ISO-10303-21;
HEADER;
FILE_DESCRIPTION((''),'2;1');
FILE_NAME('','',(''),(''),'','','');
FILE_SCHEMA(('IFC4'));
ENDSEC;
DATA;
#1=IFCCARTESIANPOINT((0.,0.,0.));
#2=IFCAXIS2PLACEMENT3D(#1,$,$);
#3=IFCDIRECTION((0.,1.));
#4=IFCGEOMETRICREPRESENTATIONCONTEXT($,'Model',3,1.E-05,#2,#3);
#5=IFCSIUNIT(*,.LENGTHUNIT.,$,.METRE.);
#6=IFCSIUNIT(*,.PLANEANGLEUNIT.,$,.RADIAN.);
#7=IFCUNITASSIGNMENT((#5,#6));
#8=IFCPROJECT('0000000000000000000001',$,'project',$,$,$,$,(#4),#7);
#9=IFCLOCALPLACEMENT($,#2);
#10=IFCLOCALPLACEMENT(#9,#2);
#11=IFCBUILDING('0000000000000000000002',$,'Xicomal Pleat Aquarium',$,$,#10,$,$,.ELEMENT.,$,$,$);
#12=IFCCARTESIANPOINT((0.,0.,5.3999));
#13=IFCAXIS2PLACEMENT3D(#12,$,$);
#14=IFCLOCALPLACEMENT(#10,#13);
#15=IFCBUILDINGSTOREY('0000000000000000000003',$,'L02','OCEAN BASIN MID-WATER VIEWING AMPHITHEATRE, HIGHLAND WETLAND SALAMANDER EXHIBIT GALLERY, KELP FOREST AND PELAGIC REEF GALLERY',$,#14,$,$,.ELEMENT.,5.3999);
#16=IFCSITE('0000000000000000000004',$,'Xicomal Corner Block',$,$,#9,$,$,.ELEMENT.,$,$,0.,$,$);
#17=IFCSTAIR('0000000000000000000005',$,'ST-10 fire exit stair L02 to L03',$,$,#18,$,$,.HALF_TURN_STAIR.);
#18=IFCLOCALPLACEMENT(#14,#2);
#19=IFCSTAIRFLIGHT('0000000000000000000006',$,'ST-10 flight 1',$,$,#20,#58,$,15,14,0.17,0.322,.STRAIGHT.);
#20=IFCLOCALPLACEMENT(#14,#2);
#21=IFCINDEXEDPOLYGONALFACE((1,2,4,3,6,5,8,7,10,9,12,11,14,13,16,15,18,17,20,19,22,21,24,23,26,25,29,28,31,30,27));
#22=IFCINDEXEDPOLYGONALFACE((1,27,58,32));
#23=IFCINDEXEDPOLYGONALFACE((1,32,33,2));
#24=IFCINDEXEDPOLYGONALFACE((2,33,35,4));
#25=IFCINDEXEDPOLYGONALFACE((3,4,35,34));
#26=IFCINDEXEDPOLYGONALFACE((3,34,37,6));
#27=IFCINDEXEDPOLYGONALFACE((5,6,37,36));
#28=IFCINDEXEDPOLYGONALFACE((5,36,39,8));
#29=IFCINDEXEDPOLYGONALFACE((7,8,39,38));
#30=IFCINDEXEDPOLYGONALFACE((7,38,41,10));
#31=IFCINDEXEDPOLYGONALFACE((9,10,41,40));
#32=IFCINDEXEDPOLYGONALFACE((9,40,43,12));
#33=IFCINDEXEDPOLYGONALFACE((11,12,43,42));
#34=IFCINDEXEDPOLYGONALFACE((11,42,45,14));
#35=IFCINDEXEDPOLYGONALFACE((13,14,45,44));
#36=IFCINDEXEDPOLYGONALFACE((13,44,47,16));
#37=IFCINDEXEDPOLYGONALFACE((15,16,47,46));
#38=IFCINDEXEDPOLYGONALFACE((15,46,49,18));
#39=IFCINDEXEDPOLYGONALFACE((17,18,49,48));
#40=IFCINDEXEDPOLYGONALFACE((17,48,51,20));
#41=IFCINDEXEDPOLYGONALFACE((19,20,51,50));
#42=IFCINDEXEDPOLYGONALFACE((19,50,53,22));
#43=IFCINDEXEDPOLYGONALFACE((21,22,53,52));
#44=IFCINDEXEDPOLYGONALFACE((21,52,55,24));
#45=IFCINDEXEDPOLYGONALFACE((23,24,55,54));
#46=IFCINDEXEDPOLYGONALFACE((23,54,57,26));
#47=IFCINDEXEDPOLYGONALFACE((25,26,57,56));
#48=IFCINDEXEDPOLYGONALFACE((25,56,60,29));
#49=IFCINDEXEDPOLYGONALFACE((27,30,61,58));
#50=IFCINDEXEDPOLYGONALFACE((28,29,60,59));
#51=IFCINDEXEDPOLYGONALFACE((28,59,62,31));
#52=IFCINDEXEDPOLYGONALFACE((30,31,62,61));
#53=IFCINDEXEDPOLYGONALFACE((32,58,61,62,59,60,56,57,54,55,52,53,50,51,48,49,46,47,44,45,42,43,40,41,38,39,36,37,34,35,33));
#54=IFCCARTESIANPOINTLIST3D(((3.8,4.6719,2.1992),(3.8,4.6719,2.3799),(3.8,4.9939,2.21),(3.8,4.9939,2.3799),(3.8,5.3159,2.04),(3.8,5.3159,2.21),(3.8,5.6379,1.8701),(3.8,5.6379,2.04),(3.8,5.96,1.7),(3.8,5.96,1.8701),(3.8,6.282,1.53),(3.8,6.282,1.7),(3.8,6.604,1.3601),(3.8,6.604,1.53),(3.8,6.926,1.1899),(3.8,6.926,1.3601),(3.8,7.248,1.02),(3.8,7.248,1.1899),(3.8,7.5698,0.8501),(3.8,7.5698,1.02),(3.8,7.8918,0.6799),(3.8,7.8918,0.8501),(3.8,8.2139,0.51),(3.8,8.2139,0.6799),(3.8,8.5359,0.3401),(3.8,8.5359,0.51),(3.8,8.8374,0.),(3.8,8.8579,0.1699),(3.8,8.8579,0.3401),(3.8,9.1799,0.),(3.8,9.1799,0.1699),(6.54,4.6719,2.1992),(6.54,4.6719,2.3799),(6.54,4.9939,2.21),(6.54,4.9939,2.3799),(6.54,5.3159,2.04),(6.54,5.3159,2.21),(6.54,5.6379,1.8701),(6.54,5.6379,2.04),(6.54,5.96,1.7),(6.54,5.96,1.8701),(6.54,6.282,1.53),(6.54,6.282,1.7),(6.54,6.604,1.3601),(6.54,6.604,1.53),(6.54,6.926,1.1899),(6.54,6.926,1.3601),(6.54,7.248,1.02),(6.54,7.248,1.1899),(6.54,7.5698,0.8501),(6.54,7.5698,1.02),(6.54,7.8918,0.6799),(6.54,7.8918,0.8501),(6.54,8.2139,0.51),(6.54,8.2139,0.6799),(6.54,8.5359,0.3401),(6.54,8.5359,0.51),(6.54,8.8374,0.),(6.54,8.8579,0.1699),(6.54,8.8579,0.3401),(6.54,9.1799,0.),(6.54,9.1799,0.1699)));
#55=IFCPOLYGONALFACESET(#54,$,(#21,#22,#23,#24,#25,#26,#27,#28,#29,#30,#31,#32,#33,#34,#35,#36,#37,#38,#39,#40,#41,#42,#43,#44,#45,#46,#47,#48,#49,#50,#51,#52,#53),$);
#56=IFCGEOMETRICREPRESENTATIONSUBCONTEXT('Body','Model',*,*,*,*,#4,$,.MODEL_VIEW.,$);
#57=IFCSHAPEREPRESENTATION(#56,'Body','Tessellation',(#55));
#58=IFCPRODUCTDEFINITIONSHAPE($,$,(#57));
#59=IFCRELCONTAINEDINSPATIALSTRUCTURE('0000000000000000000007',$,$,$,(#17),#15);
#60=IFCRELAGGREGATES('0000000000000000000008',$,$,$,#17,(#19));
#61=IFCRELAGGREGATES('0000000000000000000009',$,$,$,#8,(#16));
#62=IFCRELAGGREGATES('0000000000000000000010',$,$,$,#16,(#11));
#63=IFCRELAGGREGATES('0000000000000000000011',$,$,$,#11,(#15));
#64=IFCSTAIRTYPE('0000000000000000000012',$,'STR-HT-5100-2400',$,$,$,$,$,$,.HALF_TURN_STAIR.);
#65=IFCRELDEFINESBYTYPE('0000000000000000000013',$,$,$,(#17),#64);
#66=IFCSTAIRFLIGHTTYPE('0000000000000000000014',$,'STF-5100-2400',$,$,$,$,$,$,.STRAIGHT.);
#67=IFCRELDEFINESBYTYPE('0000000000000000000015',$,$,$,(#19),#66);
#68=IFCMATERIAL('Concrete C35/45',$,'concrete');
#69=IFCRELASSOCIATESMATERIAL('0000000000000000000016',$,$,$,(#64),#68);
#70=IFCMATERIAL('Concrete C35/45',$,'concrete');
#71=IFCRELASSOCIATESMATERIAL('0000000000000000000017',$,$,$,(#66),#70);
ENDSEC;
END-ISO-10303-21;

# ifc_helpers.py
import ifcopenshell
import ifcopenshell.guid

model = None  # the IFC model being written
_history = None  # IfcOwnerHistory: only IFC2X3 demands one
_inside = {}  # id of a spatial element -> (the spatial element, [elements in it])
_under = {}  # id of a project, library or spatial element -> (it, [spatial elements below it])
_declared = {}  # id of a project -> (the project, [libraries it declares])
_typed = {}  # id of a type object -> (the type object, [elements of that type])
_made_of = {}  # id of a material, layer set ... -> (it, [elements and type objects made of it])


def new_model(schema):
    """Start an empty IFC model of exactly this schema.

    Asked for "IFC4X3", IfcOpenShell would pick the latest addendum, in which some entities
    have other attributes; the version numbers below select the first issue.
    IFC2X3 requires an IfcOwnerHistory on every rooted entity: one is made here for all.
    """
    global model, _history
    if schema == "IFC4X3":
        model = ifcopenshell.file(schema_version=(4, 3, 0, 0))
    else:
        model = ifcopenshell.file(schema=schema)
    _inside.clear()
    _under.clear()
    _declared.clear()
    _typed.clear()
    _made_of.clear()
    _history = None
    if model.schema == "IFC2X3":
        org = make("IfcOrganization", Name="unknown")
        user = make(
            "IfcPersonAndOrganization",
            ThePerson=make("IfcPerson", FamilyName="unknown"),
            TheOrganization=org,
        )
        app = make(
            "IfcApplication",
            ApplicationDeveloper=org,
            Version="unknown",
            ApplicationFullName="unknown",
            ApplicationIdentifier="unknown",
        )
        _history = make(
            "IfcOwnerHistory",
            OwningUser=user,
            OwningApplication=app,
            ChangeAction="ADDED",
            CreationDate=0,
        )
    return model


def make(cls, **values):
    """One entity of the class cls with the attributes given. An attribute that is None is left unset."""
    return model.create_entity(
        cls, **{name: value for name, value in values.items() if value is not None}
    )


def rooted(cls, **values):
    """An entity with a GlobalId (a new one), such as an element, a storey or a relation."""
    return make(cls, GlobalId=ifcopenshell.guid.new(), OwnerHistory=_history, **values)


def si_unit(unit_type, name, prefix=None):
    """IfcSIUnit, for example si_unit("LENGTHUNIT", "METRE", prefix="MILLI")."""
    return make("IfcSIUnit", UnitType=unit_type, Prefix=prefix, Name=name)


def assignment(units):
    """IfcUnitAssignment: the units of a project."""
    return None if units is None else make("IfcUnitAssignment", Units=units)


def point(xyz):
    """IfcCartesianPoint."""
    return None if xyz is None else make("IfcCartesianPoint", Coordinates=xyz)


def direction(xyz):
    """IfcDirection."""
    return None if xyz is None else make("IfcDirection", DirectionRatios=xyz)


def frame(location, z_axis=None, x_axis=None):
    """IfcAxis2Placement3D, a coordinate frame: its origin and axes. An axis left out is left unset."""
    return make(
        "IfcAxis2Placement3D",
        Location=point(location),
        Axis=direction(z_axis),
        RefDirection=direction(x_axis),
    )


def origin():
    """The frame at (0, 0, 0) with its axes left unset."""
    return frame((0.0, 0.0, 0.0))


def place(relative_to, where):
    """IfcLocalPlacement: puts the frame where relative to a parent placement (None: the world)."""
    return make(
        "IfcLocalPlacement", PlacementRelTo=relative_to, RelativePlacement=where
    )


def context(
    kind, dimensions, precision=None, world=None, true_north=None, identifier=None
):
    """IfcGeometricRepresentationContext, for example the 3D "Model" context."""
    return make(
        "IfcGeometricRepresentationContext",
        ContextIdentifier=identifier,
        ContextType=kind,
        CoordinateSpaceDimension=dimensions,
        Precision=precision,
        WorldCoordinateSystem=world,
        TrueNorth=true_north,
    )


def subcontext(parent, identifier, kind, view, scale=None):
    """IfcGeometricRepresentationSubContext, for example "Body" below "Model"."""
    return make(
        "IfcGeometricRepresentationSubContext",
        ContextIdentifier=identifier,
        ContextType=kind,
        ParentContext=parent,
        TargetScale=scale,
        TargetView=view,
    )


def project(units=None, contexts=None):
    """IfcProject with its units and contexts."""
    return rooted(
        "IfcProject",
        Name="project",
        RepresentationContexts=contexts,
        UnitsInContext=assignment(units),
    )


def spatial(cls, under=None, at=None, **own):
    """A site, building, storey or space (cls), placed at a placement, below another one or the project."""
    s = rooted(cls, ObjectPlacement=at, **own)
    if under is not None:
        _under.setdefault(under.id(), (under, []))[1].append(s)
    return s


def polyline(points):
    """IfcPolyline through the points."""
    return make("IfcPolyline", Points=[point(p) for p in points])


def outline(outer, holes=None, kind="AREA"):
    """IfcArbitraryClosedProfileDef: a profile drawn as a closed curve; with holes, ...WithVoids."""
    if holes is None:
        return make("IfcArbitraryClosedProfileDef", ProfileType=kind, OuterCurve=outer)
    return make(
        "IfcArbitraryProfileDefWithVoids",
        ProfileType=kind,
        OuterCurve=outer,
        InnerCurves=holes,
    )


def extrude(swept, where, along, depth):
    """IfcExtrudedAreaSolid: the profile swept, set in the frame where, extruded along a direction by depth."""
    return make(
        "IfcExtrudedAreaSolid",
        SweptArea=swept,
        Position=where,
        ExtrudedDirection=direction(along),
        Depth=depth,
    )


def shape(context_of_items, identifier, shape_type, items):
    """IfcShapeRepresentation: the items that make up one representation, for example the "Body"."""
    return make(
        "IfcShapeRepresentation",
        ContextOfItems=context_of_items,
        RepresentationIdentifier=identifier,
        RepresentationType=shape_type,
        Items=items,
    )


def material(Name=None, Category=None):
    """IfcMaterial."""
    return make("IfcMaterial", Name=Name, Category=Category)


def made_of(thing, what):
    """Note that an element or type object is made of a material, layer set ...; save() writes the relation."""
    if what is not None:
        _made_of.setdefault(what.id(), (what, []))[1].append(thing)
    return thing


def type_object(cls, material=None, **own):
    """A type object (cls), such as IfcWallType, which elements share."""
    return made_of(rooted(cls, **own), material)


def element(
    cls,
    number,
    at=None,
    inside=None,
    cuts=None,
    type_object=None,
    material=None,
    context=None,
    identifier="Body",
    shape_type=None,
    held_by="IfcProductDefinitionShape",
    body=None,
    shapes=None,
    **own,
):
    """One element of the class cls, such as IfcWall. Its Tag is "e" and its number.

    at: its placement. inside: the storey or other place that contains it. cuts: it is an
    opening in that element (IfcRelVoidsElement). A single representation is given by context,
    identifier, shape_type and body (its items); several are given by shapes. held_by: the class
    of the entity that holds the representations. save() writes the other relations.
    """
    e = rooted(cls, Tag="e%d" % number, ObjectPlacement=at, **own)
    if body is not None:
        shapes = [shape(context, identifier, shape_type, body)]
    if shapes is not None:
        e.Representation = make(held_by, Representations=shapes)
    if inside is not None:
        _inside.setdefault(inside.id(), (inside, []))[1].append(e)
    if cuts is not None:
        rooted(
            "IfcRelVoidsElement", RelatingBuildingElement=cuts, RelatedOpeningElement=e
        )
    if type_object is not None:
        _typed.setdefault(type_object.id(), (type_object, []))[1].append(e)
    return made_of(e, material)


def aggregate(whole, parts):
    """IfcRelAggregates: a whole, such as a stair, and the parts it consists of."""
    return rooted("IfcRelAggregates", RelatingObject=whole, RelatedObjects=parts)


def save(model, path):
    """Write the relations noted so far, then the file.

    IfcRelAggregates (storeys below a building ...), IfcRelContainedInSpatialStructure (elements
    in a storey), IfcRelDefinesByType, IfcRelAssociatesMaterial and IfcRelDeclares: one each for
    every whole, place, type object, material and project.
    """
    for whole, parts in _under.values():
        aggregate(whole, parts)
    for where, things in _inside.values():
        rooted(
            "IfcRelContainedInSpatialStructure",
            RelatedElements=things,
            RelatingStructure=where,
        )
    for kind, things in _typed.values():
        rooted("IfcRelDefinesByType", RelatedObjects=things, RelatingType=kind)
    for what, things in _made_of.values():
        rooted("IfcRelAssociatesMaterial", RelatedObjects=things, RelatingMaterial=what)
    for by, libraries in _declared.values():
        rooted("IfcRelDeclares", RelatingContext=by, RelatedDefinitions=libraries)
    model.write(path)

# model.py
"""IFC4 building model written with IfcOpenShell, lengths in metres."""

from ifc_helpers import new_model, si_unit, direction, frame, origin, place, context, subcontext, project, spatial, polyline, outline, extrude, material, type_object, element, aggregate, save


model = new_model("IFC4")

# Units and contexts
model_context = context("Model", 3, precision=1e-05, world=origin(), true_north=direction((0.0, 1.0)))
body_context = subcontext(model_context, "Body", "Model", "MODEL_VIEW")
ifc_project = project(units=[si_unit("LENGTHUNIT", "METRE"), si_unit("PLANEANGLEUNIT", "RADIAN")], contexts=[model_context])

# Site, building, storey
site_placement = place(None, origin())
site = spatial("IfcSite", under=ifc_project, at=site_placement, Name="Xicomal Corner Block", CompositionType="ELEMENT", RefElevation=0.0)
building_placement = place(site_placement, origin())
building = spatial("IfcBuilding", under=site, at=building_placement, Name="Xicomal Pleat Aquarium", CompositionType="ELEMENT")
storey_placement = place(building_placement, frame((0.0, 0.0, 5.3999)))
storey = spatial("IfcBuildingStorey", under=building, at=storey_placement, Name="L02", Description="OCEAN BASIN MID-WATER VIEWING AMPHITHEATRE, HIGHLAND WETLAND SALAMANDER EXHIBIT GALLERY, KELP FOREST AND PELAGIC REEF GALLERY", CompositionType="ELEMENT", Elevation=5.3999)

# Stair, stair flight
ifc_material_1 = material(Name="Concrete C35/45", Category="concrete")
stair_type = type_object("IfcStairType", Name="STR-HT-5100-2400", PredefinedType="HALF_TURN_STAIR", material=ifc_material_1)
stair_placement = place(storey_placement, origin())
stair = element("IfcStair", 1, at=stair_placement, inside=storey, type_object=stair_type, Name="ST-10 fire exit stair L02 to L03", PredefinedType="HALF_TURN_STAIR")
ifc_material_2 = material(Name="Concrete C35/45", Category="concrete")
stair_flight_type = type_object("IfcStairFlightType", Name="STF-5100-2400", PredefinedType="STRAIGHT", material=ifc_material_2)
stair_flight_placement = place(storey_placement, frame((5.1699, 9.1799, 0.0), z_axis=(0.0, 0.0, 1.0), x_axis=(0.0, -1.0, 0.0)))
stair_flight = element("IfcStairFlight", 2, at=stair_flight_placement, type_object=stair_flight_type, Name="ST-10 flight 1", NumberOfRisers=15, NumberOfTreads=14, PredefinedType="STRAIGHT", RiserHeight=0.17, TreadLength=0.322, context=body_context, shape_type="SweptSolid", body=[
    extrude(outline(polyline([(0.0, 0.0), (0.0, 0.1699), (0.322, 0.1699), (0.322, 0.3401), (0.644, 0.3401), (0.644, 0.51), (0.9661, 0.51), (0.9661, 0.6799), (1.2881, 0.6799), (1.2881, 0.8501), (1.6101, 0.8501), (1.6101, 1.02), (1.9319, 1.02), (1.9319, 1.1899), (2.2539, 1.1899), (2.2539, 1.3601), (2.5759, 1.3601), (2.5759, 1.53), (2.8979, 1.53), (2.8979, 1.7), (3.22, 1.7), (3.22, 1.8701), (3.542, 1.8701), (3.542, 2.04), (3.864, 2.04), (3.864, 2.21), (4.186, 2.21), (4.186, 2.3799), (4.5081, 2.3799), (4.5081, 2.55), (4.5081, 2.1992), (0.3425, 0.0), (0.0, 0.0)])), frame((0.0, 1.3701, 0.0), z_axis=(0.0, -1.0, 0.0), x_axis=(1.0, 0.0, 0.0)), (0.0, 0.0, 1.0), 2.74),
])
aggregate(stair, [stair_flight])

save(model, "model.ifc")
